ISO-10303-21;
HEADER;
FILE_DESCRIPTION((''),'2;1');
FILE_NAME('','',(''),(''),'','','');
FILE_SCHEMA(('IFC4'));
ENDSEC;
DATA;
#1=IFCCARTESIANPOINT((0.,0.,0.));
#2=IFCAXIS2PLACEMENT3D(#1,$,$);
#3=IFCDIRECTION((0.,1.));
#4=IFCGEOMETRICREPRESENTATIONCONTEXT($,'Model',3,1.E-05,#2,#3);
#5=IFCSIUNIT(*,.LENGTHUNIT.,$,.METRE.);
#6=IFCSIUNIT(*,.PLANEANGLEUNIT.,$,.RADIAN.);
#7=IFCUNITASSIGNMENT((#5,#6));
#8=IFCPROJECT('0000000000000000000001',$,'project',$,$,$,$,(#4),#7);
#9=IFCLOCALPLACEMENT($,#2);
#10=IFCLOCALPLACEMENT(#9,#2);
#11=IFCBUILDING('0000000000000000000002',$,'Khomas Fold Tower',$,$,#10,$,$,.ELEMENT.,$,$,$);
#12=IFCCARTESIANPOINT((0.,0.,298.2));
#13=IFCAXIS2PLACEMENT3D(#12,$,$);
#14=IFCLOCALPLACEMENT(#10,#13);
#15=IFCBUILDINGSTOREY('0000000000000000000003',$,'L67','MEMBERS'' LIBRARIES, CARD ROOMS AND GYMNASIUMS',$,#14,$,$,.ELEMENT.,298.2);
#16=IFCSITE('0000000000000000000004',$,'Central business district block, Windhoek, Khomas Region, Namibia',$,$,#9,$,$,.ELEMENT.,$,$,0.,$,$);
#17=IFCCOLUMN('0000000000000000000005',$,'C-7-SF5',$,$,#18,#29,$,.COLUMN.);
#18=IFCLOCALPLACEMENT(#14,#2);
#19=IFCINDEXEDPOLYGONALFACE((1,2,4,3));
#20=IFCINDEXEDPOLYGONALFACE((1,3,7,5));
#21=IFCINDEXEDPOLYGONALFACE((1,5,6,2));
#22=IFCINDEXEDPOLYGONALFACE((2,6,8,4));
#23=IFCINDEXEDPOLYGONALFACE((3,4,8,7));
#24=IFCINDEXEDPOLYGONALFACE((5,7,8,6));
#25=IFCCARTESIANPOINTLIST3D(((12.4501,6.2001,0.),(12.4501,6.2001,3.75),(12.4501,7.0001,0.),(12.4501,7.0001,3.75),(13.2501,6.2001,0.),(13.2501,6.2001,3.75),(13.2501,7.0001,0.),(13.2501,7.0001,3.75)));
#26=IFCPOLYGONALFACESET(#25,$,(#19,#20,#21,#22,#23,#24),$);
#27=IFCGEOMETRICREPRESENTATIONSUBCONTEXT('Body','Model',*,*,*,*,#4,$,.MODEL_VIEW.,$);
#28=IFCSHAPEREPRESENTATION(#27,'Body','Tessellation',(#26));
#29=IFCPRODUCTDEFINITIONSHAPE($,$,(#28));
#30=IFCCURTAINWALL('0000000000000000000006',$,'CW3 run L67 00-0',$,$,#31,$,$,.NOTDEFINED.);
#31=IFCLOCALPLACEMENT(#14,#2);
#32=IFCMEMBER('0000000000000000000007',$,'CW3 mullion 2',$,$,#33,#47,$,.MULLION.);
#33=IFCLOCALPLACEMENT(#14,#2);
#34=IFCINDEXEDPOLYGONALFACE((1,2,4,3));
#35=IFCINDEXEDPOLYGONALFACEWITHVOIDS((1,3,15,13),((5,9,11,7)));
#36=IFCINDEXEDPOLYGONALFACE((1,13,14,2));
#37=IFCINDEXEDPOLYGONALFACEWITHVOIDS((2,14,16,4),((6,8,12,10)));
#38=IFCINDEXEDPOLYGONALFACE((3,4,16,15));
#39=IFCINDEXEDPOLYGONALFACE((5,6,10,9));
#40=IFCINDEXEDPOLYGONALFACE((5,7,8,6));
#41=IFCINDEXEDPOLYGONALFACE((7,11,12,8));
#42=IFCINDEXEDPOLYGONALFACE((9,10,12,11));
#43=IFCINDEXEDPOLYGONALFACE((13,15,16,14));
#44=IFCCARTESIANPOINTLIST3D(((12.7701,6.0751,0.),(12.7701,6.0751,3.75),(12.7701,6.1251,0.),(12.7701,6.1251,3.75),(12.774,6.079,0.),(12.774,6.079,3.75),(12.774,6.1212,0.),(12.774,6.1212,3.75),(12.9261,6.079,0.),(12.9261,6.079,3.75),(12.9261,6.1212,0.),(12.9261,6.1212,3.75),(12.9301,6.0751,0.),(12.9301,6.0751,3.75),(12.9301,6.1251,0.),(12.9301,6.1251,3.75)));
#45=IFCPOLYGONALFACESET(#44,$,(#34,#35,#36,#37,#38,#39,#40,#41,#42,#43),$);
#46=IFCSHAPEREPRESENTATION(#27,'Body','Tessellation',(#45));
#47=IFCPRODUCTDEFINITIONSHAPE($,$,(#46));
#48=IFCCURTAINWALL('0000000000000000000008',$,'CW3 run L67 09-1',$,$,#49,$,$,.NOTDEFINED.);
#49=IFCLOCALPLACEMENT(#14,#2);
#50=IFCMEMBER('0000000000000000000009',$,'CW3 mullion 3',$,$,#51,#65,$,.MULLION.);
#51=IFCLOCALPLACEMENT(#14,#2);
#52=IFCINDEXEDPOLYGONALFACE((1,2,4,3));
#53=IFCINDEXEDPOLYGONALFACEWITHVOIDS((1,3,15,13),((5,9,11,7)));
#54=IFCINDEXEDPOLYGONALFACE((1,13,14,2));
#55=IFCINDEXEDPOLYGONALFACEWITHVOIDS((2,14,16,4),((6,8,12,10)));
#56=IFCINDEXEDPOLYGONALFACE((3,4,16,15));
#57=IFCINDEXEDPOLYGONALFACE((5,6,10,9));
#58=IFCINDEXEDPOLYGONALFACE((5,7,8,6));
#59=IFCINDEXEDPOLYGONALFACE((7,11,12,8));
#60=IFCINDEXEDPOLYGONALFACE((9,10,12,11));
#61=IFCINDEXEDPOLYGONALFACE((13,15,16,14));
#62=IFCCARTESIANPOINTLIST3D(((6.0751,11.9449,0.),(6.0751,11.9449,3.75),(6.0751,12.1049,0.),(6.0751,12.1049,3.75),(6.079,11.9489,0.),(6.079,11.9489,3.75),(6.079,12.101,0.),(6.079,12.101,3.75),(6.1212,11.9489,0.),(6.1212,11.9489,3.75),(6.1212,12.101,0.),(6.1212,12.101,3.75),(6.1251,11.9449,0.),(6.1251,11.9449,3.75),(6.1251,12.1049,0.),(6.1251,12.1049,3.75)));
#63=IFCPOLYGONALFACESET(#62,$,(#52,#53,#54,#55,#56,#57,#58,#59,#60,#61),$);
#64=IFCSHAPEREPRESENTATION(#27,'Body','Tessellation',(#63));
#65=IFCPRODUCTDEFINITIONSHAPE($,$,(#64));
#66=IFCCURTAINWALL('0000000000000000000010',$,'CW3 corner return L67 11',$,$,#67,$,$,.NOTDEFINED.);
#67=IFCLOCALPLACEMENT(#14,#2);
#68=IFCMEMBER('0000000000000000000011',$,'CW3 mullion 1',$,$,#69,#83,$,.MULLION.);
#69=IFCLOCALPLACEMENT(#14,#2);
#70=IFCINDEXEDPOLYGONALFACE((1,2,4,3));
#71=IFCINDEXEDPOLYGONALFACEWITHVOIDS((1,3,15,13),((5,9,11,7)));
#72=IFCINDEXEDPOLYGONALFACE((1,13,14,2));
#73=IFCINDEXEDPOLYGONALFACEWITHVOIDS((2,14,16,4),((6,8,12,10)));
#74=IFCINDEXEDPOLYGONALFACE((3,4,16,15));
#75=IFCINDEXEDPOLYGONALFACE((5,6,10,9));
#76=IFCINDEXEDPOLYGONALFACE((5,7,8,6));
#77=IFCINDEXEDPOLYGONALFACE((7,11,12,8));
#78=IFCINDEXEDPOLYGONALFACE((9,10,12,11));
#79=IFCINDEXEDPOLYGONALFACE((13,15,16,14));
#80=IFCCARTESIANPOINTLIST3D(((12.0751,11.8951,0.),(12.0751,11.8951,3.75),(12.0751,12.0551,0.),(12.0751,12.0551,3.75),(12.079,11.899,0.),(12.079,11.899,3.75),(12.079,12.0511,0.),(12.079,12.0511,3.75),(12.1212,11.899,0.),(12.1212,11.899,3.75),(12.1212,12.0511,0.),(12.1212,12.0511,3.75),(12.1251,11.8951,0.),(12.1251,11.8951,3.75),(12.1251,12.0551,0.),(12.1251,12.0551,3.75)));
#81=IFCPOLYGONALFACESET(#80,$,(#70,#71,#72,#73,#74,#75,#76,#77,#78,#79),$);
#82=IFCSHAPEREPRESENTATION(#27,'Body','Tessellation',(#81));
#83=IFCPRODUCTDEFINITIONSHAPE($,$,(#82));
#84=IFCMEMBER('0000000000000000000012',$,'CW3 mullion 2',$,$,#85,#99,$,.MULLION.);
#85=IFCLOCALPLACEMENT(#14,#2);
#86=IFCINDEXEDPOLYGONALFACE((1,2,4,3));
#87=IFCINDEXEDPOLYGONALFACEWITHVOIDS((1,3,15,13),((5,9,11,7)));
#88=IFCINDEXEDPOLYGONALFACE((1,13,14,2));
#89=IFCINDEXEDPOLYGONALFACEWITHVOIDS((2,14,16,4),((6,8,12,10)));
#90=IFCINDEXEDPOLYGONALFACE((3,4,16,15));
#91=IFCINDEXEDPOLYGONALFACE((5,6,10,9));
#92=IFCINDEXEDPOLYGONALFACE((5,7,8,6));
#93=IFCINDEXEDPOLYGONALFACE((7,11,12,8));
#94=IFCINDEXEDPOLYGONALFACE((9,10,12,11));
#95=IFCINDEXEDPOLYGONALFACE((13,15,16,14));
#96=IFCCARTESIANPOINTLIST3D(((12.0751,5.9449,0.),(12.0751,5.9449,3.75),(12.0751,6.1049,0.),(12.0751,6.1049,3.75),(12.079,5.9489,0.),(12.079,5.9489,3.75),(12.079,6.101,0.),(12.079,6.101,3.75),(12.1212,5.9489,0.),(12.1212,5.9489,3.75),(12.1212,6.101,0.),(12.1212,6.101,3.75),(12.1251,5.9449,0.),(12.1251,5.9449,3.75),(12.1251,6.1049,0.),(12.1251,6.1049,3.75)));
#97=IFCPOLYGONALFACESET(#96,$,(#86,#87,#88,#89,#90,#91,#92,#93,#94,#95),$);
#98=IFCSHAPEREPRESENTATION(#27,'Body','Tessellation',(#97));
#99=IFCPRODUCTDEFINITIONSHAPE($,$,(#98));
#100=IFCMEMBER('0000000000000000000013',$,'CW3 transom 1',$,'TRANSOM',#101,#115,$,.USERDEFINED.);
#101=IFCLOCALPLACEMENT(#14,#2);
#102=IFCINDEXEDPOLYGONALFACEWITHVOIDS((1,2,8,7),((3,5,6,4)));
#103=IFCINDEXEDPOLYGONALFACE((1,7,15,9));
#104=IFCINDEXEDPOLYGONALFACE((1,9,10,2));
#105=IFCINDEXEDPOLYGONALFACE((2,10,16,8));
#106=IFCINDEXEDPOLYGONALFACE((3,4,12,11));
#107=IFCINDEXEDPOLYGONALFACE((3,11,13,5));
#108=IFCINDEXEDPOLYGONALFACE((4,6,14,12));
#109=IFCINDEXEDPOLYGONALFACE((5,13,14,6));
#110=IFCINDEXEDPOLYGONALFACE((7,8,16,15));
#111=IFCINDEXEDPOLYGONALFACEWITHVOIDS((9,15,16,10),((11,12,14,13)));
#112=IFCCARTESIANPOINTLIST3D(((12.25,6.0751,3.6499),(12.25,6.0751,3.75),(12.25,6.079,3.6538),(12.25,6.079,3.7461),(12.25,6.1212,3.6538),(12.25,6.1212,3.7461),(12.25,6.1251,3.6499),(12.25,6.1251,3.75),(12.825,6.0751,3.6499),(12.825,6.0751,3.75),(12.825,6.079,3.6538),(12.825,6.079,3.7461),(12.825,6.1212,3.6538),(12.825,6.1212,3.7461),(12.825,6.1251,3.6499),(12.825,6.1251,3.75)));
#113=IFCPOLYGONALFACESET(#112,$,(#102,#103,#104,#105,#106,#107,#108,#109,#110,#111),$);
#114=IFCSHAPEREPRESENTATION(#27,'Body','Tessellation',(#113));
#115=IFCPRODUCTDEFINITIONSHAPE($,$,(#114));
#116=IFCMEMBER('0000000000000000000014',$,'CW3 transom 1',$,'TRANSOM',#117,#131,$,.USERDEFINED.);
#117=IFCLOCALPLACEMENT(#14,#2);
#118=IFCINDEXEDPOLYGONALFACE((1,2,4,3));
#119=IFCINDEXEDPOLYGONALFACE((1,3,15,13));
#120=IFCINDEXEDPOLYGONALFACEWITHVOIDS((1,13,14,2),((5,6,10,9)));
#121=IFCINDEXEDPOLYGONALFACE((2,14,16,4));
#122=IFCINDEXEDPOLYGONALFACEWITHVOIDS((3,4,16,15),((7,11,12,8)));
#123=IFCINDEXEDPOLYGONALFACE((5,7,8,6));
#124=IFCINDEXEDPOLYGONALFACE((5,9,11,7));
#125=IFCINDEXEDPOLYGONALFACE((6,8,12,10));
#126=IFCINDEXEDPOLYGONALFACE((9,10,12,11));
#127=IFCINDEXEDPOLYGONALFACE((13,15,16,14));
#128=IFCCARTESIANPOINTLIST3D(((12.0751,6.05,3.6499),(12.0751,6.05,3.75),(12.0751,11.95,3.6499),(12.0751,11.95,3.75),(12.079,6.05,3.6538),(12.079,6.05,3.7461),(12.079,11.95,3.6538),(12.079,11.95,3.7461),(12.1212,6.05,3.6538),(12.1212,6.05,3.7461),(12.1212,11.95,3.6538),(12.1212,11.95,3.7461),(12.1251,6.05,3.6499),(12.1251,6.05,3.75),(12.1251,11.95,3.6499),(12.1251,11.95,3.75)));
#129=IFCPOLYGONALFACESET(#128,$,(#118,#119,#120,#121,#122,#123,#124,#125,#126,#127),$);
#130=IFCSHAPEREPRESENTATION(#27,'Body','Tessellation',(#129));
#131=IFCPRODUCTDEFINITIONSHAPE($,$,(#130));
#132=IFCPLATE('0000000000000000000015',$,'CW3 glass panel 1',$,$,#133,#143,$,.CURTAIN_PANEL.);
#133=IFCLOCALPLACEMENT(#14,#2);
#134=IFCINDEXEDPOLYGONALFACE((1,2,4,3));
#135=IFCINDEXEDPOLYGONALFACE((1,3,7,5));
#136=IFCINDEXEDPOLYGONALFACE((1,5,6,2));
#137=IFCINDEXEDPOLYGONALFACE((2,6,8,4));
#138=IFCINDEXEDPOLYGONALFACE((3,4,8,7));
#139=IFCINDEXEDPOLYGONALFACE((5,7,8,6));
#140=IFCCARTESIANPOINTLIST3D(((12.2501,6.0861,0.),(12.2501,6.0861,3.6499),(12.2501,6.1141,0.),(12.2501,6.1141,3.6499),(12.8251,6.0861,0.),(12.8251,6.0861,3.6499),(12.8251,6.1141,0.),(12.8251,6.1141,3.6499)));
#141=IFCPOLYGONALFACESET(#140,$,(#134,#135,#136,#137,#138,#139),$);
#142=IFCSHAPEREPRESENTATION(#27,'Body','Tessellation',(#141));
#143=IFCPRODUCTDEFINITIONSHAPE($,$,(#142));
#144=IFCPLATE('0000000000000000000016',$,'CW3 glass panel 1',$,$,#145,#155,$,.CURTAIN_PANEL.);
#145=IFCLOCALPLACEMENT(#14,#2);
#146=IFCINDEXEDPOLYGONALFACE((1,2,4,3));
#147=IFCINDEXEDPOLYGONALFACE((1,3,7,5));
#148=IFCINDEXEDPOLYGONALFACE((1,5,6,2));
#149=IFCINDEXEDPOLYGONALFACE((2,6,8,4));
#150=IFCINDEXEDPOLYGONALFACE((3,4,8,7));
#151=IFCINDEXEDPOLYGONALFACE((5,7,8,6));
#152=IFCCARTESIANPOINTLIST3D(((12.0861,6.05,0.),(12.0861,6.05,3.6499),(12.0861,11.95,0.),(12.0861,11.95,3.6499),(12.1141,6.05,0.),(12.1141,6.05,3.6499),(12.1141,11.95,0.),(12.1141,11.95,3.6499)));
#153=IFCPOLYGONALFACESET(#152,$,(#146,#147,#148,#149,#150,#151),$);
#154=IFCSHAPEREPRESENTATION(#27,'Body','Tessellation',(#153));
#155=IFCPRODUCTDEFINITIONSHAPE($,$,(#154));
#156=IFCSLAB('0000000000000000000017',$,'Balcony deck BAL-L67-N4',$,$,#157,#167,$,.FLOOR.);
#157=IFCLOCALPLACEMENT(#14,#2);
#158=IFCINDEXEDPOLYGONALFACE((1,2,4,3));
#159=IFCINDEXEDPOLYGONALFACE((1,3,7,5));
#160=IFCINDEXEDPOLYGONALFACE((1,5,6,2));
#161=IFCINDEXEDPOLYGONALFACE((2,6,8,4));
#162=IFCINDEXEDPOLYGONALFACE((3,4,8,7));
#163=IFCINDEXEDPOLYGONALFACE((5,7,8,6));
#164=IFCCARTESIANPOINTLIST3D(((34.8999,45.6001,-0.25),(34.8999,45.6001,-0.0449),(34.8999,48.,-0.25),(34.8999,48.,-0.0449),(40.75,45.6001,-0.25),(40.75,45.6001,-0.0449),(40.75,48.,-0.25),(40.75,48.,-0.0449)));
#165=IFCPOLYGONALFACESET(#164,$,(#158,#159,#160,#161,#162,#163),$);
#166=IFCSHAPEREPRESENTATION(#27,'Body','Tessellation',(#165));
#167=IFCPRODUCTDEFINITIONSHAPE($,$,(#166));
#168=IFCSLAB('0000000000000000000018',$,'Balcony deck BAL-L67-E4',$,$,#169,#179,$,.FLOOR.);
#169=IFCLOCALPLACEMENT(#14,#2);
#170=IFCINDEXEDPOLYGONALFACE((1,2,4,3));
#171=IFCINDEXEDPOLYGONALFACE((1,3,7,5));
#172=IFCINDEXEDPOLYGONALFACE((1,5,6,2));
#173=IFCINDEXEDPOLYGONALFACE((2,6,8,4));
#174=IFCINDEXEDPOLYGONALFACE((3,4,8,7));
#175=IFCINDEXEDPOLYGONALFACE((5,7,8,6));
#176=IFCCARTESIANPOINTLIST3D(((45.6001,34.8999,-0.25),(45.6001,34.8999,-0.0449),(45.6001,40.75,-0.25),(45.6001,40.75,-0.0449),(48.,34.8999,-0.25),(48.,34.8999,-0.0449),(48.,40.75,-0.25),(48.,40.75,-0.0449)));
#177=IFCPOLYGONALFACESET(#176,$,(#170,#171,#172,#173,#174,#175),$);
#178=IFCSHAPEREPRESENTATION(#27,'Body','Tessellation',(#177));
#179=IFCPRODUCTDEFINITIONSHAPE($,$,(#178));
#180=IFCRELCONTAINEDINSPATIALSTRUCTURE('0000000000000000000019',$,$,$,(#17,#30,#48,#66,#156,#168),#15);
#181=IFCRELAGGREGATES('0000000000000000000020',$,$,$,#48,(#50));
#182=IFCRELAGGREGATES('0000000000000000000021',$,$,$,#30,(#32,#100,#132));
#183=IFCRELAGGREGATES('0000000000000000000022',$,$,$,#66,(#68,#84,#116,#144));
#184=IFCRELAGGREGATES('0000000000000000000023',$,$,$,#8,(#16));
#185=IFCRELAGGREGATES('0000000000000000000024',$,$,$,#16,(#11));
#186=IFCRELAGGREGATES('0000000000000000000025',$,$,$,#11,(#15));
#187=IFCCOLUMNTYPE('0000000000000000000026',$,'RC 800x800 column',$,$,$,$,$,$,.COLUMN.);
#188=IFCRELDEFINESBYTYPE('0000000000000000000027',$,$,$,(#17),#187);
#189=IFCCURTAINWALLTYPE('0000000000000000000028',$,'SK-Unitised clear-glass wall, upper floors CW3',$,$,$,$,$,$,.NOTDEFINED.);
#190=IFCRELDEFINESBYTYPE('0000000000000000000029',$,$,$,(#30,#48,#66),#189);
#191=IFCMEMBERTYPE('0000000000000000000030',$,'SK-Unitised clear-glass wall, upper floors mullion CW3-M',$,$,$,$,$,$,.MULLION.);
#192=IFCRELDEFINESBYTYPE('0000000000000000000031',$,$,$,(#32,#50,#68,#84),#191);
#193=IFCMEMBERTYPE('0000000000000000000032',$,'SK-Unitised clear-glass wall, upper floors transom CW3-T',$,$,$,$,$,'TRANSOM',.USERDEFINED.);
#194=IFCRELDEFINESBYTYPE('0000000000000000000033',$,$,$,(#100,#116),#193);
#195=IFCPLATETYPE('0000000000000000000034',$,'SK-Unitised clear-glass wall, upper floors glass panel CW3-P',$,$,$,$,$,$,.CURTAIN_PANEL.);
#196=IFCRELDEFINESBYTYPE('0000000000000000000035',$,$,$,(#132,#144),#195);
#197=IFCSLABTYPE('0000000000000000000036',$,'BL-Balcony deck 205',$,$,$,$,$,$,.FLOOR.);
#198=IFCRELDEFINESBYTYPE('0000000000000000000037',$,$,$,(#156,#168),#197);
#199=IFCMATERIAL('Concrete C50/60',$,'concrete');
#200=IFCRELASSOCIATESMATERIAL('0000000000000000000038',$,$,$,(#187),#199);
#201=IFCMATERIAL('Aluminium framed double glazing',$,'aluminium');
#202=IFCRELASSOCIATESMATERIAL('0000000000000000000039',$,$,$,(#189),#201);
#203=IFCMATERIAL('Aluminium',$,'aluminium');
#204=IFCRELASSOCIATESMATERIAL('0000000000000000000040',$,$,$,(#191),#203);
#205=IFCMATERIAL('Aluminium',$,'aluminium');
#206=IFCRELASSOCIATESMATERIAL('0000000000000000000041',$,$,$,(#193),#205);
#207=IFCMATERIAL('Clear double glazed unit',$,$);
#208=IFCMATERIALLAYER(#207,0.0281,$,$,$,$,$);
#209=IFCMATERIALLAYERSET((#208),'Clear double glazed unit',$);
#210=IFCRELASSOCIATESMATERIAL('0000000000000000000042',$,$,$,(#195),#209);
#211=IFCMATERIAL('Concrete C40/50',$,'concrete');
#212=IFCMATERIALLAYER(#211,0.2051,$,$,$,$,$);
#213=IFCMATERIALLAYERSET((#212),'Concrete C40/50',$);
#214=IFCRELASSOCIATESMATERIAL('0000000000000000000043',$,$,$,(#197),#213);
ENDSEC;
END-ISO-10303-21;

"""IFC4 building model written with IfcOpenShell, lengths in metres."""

from ifc_helpers import new_model, si_unit, direction, frame, origin, origin_2d, place, context, subcontext, project, spatial, polyline, rectangle, hollow_rectangle, outline, extrude, source, transform, mapped, material, layer, layer_set, material_profile, profile_set, type_object, element, aggregate, save


model = new_model("IFC4")

# Units and contexts
model_context = context("Model", 3, precision=1e-05, world=origin(), true_north=direction((0.0, 1.0)))
body_context = subcontext(model_context, "Body", "Model", "MODEL_VIEW")
ifc_project = project(units=[si_unit("LENGTHUNIT", "METRE"), si_unit("PLANEANGLEUNIT", "RADIAN")], contexts=[model_context])

# Site, building, storey
site_placement = place(None, origin())
site = spatial("IfcSite", under=ifc_project, at=site_placement, Name="Central business district block, Windhoek, Khomas Region, Namibia", CompositionType="ELEMENT", RefElevation=0.0)
building_placement = place(site_placement, origin())
building = spatial("IfcBuilding", under=site, at=building_placement, Name="Khomas Fold Tower", CompositionType="ELEMENT")
storey_placement = place(building_placement, frame((0.0, 0.0, 298.2)))
storey = spatial("IfcBuildingStorey", under=building, at=storey_placement, Name="L67", Description="MEMBERS' LIBRARIES, CARD ROOMS AND GYMNASIUMS", CompositionType="ELEMENT", Elevation=298.2)

# Column
ifc_material_1 = material(Name="Concrete C50/60", Category="concrete")
ifc_material_profile_1 = material_profile(ifc_material_1, rectangle(XDim=0.8, YDim=0.8, at=origin_2d()), Name="RC 800x800")
ifc_profile_set_1 = profile_set([ifc_material_profile_1], Name="Concrete C50/60")
column_type = type_object("IfcColumnType", Name="RC 800x800 column", PredefinedType="COLUMN", material=ifc_profile_set_1)
shared_shape_1 = source(origin(), body_context, "Body", "SweptSolid", [
    extrude(rectangle(XDim=0.8, YDim=0.8, at=origin_2d()), origin(), (0.0, 0.0, 1.0), 3.75),
])
column_placement = place(storey_placement, frame((12.8501, 6.6001, 0.0), z_axis=(0.0, 0.0, 1.0), x_axis=(1.0, 0.0, 0.0)))
element("IfcColumn", 1, at=column_placement, inside=storey, type_object=column_type, Name="C-7-SF5", PredefinedType="COLUMN", context=body_context, shape_type="MappedRepresentation", body=[
    mapped(shared_shape_1, transform((0.0, 0.0, 0.0))),
])

# Curtain walls, members
ifc_material_2 = material(Name="Aluminium framed double glazing", Category="aluminium")
curtain_wall_type = type_object("IfcCurtainWallType", Name="SK-Unitised clear-glass wall, upper floors CW3", PredefinedType="NOTDEFINED", material=ifc_material_2)
curtain_wall_1_placement = place(storey_placement, origin())
curtain_wall_1 = element("IfcCurtainWall", 2, at=curtain_wall_1_placement, inside=storey, type_object=curtain_wall_type, Name="CW3 run L67 00-0", PredefinedType="NOTDEFINED")
ifc_material_3 = material(Name="Aluminium", Category="aluminium")
ifc_material_profile_2 = material_profile(ifc_material_3, hollow_rectangle(XDim=0.05, YDim=0.1599, WallThickness=0.0039, at=origin_2d()), Name="SK-Unitised clear-glass wall, upper floors mullion CW3-M")
ifc_profile_set_2 = profile_set([ifc_material_profile_2], Name="Aluminium")
member_type_1 = type_object("IfcMemberType", Name="SK-Unitised clear-glass wall, upper floors mullion CW3-M", PredefinedType="MULLION", material=ifc_profile_set_2)
shared_shape_2 = source(origin(), body_context, "Body", "SweptSolid", [
    extrude(hollow_rectangle(XDim=0.05, YDim=0.1599, WallThickness=0.0039, at=origin_2d()), origin(), (0.0, 0.0, 1.0), 3.75),
])
member_1_placement = place(storey_placement, frame((12.8501, 6.1001, 0.0), z_axis=(0.0, 0.0, 1.0), x_axis=(0.0, 1.0, 0.0)))
member_1 = element("IfcMember", 3, at=member_1_placement, type_object=member_type_1, Name="CW3 mullion 2", PredefinedType="MULLION", context=body_context, shape_type="MappedRepresentation", body=[
    mapped(shared_shape_2, transform((0.0, 0.0, 0.0))),
])
curtain_wall_2_placement = place(storey_placement, origin())
curtain_wall_2 = element("IfcCurtainWall", 4, at=curtain_wall_2_placement, inside=storey, type_object=curtain_wall_type, Name="CW3 run L67 09-1", PredefinedType="NOTDEFINED")
member_2_placement = place(storey_placement, frame((6.1001, 12.0249, 0.0), z_axis=(0.0, 0.0, 1.0), x_axis=(1.0, 0.0, 0.0)))
member_2 = element("IfcMember", 5, at=member_2_placement, type_object=member_type_1, Name="CW3 mullion 3", PredefinedType="MULLION", context=body_context, shape_type="MappedRepresentation", body=[
    mapped(shared_shape_2, transform((0.0, 0.0, 0.0))),
])
aggregate(curtain_wall_2, [member_2])

# Curtain wall, members
curtain_wall_3_placement = place(storey_placement, origin())
curtain_wall_3 = element("IfcCurtainWall", 6, at=curtain_wall_3_placement, inside=storey, type_object=curtain_wall_type, Name="CW3 corner return L67 11", PredefinedType="NOTDEFINED")
member_3_placement = place(storey_placement, frame((12.1001, 11.9751, 0.0), z_axis=(0.0, 0.0, 1.0), x_axis=(1.0, 0.0, 0.0)))
member_3 = element("IfcMember", 7, at=member_3_placement, type_object=member_type_1, Name="CW3 mullion 1", PredefinedType="MULLION", context=body_context, shape_type="MappedRepresentation", body=[
    mapped(shared_shape_2, transform((0.0, 0.0, 0.0))),
])
member_4_placement = place(storey_placement, frame((12.1001, 6.0249, 0.0), z_axis=(0.0, 0.0, 1.0), x_axis=(1.0, 0.0, 0.0)))
member_4 = element("IfcMember", 8, at=member_4_placement, type_object=member_type_1, Name="CW3 mullion 2", PredefinedType="MULLION", context=body_context, shape_type="MappedRepresentation", body=[
    mapped(shared_shape_2, transform((0.0, 0.0, 0.0))),
])

# Members
ifc_material_4 = material(Name="Aluminium", Category="aluminium")
ifc_material_profile_3 = material_profile(ifc_material_4, hollow_rectangle(XDim=0.05, YDim=0.1001, WallThickness=0.0039, at=origin_2d()), Name="SK-Unitised clear-glass wall, upper floors transom CW3-T")
ifc_profile_set_3 = profile_set([ifc_material_profile_3], Name="Aluminium")
member_type_2 = type_object("IfcMemberType", Name="SK-Unitised clear-glass wall, upper floors transom CW3-T", ElementType="TRANSOM", PredefinedType="USERDEFINED", material=ifc_profile_set_3)
shared_shape_3 = source(origin(), body_context, "Body", "SweptSolid", [
    extrude(hollow_rectangle(XDim=0.05, YDim=0.1001, WallThickness=0.0039, at=origin_2d()), origin(), (0.0, 0.0, 1.0), 0.575),
])
member_5_placement = place(storey_placement, frame((12.25, 6.1001, 3.7), z_axis=(1.0, 0.0, 0.0), x_axis=(0.0, 1.0, 0.0)))
member_5 = element("IfcMember", 9, at=member_5_placement, type_object=member_type_2, Name="CW3 transom 1", ObjectType="TRANSOM", PredefinedType="USERDEFINED", context=body_context, shape_type="MappedRepresentation", body=[
    mapped(shared_shape_3, transform((0.0, 0.0, 0.0))),
])
shared_shape_4 = source(origin(), body_context, "Body", "SweptSolid", [
    extrude(hollow_rectangle(XDim=0.05, YDim=0.1001, WallThickness=0.0039, at=origin_2d()), origin(), (0.0, 0.0, 1.0), 5.8999),
])
member_6_placement = place(storey_placement, frame((12.1001, 11.95, 3.7), z_axis=(0.0, -1.0, 0.0), x_axis=(1.0, 0.0, 0.0)))
member_6 = element("IfcMember", 10, at=member_6_placement, type_object=member_type_2, Name="CW3 transom 1", ObjectType="TRANSOM", PredefinedType="USERDEFINED", context=body_context, shape_type="MappedRepresentation", body=[
    mapped(shared_shape_4, transform((0.0, 0.0, 0.0))),
])

# Plates
ifc_material_5 = material(Name="Clear double glazed unit")
ifc_layer_1 = layer(ifc_material_5, 0.0281)
ifc_layer_set_1 = layer_set([ifc_layer_1], Name="Clear double glazed unit")
plate_type = type_object("IfcPlateType", Name="SK-Unitised clear-glass wall, upper floors glass panel CW3-P", PredefinedType="CURTAIN_PANEL", material=ifc_layer_set_1)
shared_shape_5 = source(origin(), body_context, "Body", "SweptSolid", [
    extrude(rectangle(XDim=0.575, YDim=0.0281, at=origin_2d()), origin(), (0.0, 0.0, 1.0), 3.6499),
])
plate_1_placement = place(storey_placement, frame((12.5376, 6.1001, 0.0), z_axis=(0.0, 0.0, 1.0), x_axis=(1.0, 0.0, 0.0)))
plate_1 = element("IfcPlate", 11, at=plate_1_placement, type_object=plate_type, Name="CW3 glass panel 1", PredefinedType="CURTAIN_PANEL", context=body_context, shape_type="MappedRepresentation", body=[
    mapped(shared_shape_5, transform((0.0, 0.0, 0.0))),
])
aggregate(curtain_wall_1, [member_1, member_5, plate_1])
shared_shape_6 = source(origin(), body_context, "Body", "SweptSolid", [
    extrude(rectangle(XDim=5.8999, YDim=0.0281, at=origin_2d()), origin(), (0.0, 0.0, 1.0), 3.6499),
])
plate_2_placement = place(storey_placement, frame((12.1001, 9.0, 0.0), z_axis=(0.0, 0.0, 1.0), x_axis=(0.0, -1.0, 0.0)))
plate_2 = element("IfcPlate", 12, at=plate_2_placement, type_object=plate_type, Name="CW3 glass panel 1", PredefinedType="CURTAIN_PANEL", context=body_context, shape_type="MappedRepresentation", body=[
    mapped(shared_shape_6, transform((0.0, 0.0, 0.0))),
])
aggregate(curtain_wall_3, [member_3, member_4, member_6, plate_2])

# Slabs
ifc_material_6 = material(Name="Concrete C40/50", Category="concrete")
ifc_layer_2 = layer(ifc_material_6, 0.2051)
ifc_layer_set_2 = layer_set([ifc_layer_2], Name="Concrete C40/50")
slab_type_1 = type_object("IfcSlabType", Name="BL-Balcony deck 205", PredefinedType="FLOOR", material=ifc_layer_set_2)
shared_shape_7 = source(origin(), body_context, "Body", "SweptSolid", [
    extrude(outline(polyline([(34.8999, 45.6001), (40.75, 45.6001), (40.75, 48.0), (34.8999, 48.0), (34.8999, 45.6001)])), origin(), (0.0, 0.0, 1.0), 0.2051),
])
slab_1_placement = place(storey_placement, frame((0.0, 0.0, -0.25)))
element("IfcSlab", 13, at=slab_1_placement, inside=storey, type_object=slab_type_1, Name="Balcony deck BAL-L67-N4", PredefinedType="FLOOR", context=body_context, shape_type="MappedRepresentation", body=[
    mapped(shared_shape_7, transform((0.0, 0.0, 0.0))),
])
shared_shape_8 = source(origin(), body_context, "Body", "SweptSolid", [
    extrude(outline(polyline([(45.6001, 34.8999), (48.0, 34.8999), (48.0, 40.75), (45.6001, 40.75), (45.6001, 34.8999)])), origin(), (0.0, 0.0, 1.0), 0.2051),
])
slab_2_placement = place(storey_placement, frame((0.0, 0.0, -0.25)))
element("IfcSlab", 14, at=slab_2_placement, inside=storey, type_object=slab_type_1, Name="Balcony deck BAL-L67-E4", PredefinedType="FLOOR", context=body_context, shape_type="MappedRepresentation", body=[
    mapped(shared_shape_8, transform((0.0, 0.0, 0.0))),
])

save(model, "model.ifc")
